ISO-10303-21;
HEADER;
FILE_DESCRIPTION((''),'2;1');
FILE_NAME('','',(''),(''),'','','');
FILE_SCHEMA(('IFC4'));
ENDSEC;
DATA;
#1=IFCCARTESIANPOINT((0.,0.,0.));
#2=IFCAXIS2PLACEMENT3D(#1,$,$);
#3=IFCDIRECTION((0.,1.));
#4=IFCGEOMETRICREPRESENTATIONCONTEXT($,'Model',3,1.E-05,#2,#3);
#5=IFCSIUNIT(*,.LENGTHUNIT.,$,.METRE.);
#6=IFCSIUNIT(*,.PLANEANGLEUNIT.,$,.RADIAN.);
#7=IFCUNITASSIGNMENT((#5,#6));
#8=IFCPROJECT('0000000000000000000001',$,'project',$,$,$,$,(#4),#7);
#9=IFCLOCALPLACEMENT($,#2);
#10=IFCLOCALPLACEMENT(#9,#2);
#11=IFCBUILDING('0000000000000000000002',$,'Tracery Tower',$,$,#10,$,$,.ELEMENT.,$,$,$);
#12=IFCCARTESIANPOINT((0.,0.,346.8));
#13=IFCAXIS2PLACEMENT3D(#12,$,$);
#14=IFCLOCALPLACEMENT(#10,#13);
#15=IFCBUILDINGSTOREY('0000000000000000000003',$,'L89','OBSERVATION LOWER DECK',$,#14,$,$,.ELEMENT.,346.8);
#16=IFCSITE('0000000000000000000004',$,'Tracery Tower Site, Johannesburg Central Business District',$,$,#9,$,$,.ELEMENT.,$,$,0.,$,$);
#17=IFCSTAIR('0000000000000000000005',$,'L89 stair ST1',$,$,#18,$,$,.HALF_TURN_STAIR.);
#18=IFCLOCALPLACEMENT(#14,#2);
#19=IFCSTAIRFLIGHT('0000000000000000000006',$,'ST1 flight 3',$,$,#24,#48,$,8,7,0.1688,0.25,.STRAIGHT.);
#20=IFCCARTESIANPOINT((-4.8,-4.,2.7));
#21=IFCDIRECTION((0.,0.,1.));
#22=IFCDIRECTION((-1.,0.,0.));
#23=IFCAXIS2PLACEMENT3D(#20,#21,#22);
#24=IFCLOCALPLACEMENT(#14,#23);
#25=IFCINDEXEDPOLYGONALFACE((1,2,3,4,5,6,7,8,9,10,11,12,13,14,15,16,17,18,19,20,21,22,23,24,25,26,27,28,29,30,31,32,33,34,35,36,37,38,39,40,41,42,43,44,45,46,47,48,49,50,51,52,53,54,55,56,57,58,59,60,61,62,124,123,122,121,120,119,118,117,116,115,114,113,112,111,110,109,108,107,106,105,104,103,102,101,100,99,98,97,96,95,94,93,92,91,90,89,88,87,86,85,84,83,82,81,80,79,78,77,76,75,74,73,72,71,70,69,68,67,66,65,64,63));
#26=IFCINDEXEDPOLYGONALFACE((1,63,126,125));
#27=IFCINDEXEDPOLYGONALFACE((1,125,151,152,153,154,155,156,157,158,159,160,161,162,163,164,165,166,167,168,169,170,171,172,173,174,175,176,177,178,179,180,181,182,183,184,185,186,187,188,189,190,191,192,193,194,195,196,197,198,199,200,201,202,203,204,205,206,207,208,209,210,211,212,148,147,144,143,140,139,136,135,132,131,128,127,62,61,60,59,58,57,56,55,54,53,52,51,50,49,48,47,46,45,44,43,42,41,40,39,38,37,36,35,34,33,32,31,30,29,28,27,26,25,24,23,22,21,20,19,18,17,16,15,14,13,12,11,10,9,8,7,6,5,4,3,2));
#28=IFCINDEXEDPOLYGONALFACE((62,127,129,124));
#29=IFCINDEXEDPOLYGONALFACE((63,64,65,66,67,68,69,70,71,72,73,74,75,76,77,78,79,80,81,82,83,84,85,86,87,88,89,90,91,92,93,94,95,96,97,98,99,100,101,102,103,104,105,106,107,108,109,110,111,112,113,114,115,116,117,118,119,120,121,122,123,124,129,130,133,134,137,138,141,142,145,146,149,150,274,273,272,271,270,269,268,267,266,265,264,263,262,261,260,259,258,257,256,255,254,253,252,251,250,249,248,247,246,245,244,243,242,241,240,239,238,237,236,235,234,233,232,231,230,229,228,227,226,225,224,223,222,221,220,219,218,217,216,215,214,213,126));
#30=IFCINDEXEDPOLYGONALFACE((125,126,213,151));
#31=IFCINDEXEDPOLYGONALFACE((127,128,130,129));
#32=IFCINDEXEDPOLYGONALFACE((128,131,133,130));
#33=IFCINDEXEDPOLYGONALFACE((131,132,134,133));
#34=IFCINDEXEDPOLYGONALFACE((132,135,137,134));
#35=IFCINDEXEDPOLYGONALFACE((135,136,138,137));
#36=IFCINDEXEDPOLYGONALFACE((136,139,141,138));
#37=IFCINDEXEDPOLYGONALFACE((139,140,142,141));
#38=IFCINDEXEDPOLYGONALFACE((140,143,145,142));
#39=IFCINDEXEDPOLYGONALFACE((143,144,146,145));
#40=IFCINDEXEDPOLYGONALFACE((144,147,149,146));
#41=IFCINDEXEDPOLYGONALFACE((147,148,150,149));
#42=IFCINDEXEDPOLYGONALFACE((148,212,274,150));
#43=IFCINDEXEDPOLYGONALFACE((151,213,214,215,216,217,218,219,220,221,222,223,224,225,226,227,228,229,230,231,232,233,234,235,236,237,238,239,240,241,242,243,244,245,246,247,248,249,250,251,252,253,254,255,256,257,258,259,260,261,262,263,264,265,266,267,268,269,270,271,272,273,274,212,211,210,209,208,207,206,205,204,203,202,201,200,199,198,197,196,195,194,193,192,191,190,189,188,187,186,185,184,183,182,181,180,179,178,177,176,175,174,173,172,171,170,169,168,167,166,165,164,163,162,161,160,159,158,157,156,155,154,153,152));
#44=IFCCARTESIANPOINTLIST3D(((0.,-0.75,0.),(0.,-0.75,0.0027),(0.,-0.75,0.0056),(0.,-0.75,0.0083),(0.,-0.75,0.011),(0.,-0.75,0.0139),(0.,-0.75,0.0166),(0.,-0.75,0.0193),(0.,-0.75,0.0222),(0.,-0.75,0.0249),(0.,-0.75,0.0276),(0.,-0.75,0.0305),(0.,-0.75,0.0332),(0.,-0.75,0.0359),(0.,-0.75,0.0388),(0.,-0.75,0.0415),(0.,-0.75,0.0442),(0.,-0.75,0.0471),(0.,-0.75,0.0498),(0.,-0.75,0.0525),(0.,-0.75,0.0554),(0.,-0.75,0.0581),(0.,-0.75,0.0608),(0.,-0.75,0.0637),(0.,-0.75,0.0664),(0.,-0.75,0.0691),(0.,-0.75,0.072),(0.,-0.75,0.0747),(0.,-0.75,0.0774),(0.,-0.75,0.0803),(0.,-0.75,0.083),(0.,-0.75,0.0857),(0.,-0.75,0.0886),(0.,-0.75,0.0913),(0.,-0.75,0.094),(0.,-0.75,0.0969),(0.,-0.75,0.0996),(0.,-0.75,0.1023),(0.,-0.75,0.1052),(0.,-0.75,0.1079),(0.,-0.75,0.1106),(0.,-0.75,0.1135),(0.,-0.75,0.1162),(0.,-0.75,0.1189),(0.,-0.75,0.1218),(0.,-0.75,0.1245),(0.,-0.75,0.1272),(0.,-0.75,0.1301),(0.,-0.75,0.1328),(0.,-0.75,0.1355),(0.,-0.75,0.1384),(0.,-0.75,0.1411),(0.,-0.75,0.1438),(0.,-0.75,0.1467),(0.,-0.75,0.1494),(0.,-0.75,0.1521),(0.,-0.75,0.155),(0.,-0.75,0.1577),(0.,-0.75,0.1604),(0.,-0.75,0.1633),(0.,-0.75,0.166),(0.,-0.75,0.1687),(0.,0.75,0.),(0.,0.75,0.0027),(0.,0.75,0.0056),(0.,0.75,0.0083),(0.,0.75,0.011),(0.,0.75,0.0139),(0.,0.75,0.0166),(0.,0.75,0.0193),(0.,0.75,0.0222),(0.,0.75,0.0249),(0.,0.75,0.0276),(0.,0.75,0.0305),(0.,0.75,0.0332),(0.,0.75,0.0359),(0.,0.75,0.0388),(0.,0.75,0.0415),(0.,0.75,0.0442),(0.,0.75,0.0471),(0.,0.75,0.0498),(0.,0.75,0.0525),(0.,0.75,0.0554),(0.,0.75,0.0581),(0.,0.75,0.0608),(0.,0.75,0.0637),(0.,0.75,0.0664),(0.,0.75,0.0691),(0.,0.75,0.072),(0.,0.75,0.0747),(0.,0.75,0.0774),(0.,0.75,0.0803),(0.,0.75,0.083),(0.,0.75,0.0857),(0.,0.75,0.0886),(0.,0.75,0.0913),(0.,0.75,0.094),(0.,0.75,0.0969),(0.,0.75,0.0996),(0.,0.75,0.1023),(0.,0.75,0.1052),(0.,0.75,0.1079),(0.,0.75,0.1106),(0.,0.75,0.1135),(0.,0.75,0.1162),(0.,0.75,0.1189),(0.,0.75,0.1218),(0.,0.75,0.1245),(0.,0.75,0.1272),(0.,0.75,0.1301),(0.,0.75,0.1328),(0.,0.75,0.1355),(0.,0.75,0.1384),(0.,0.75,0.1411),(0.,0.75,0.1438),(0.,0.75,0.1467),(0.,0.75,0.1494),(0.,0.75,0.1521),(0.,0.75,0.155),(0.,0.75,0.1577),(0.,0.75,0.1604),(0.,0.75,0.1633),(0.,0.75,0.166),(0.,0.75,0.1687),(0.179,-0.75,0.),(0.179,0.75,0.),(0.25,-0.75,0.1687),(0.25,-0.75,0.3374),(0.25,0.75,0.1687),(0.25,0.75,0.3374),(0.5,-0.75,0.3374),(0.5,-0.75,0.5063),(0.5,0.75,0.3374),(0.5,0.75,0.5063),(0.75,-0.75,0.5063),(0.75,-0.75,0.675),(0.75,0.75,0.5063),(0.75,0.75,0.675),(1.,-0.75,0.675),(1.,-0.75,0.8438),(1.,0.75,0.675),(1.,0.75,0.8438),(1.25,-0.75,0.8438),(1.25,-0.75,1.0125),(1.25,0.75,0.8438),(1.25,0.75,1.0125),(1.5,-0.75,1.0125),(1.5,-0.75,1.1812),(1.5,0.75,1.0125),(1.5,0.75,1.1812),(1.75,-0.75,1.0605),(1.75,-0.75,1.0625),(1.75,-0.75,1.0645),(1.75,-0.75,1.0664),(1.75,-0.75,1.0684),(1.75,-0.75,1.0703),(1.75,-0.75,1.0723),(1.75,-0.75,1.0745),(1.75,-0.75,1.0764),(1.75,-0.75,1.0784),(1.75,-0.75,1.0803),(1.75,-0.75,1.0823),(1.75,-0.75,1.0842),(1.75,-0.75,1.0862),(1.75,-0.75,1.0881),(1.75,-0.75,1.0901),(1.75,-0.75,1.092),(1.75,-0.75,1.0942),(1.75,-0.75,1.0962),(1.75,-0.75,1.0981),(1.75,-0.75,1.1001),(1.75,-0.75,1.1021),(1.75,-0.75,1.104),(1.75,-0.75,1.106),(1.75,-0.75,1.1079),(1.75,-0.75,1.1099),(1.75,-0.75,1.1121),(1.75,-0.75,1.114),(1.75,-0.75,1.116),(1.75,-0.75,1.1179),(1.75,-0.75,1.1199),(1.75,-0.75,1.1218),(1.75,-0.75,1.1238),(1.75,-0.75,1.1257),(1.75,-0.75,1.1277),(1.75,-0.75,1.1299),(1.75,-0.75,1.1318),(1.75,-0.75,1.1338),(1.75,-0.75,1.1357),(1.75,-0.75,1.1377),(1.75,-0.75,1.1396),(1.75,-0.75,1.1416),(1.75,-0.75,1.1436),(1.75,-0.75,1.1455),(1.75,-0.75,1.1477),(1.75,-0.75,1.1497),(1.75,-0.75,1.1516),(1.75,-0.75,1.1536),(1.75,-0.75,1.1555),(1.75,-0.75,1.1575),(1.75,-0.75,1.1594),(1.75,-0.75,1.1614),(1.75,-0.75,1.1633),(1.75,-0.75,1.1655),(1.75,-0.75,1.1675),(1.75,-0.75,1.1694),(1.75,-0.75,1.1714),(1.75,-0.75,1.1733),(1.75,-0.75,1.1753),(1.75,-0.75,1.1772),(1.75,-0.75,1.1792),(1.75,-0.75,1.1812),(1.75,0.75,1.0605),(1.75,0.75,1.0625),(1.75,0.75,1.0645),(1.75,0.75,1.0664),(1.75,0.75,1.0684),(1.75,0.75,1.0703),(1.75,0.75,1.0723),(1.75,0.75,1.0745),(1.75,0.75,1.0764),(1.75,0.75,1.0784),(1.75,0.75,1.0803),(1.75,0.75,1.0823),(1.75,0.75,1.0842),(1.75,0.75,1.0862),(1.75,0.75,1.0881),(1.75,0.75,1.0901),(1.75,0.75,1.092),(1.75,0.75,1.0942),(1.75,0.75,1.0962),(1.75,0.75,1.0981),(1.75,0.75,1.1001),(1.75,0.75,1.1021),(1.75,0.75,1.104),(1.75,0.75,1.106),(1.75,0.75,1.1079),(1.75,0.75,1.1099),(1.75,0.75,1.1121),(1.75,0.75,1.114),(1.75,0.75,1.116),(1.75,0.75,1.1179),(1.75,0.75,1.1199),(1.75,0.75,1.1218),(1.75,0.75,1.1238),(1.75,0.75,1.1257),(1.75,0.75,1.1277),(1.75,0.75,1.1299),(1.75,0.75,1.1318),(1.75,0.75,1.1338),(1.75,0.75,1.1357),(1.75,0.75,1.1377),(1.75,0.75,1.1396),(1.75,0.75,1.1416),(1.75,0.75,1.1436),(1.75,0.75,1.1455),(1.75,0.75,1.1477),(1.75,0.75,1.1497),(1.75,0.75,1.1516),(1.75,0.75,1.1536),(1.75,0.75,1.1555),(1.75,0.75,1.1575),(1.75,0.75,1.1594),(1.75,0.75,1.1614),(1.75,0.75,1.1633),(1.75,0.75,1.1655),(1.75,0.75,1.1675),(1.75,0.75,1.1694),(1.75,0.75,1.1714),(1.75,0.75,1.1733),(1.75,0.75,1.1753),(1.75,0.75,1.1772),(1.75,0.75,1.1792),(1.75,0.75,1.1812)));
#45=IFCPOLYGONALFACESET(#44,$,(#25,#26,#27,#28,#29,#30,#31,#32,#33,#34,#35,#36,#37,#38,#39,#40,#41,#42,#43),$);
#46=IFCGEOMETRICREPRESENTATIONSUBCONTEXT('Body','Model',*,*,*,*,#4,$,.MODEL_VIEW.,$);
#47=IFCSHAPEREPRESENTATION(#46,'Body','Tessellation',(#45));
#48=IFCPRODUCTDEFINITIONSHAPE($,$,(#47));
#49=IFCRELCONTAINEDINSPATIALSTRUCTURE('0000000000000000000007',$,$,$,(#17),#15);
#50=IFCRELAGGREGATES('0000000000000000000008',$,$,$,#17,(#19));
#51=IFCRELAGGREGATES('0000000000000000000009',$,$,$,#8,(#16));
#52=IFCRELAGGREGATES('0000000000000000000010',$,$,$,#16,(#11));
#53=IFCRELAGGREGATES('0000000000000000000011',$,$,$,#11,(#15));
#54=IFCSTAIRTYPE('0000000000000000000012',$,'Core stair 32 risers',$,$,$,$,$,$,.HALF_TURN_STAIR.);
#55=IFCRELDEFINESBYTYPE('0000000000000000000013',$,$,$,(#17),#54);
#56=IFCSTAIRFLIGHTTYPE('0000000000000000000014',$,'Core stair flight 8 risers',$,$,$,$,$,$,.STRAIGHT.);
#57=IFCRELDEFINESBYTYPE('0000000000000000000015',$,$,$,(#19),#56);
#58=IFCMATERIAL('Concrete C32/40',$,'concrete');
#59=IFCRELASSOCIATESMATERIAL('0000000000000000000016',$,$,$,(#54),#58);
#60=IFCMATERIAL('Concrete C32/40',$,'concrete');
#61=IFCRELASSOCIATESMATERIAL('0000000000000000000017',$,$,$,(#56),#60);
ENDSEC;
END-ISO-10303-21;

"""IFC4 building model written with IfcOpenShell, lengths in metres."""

from ifc_helpers import new_model, si_unit, direction, frame, origin, place, context, subcontext, project, spatial, polyline, outline, extrude, material, type_object, element, aggregate, save


model = new_model("IFC4")

# Units and contexts
model_context = context("Model", 3, precision=1e-05, world=origin(), true_north=direction((0.0, 1.0)))
body_context = subcontext(model_context, "Body", "Model", "MODEL_VIEW")
ifc_project = project(units=[si_unit("LENGTHUNIT", "METRE"), si_unit("PLANEANGLEUNIT", "RADIAN")], contexts=[model_context])

# Site, building, storey
site_placement = place(None, origin())
site = spatial("IfcSite", under=ifc_project, at=site_placement, Name="Tracery Tower Site, Johannesburg Central Business District", CompositionType="ELEMENT", RefElevation=0.0)
building_placement = place(site_placement, origin())
building = spatial("IfcBuilding", under=site, at=building_placement, Name="Tracery Tower", CompositionType="ELEMENT")
storey_placement = place(building_placement, frame((0.0, 0.0, 346.8)))
storey = spatial("IfcBuildingStorey", under=building, at=storey_placement, Name="L89", Description="OBSERVATION LOWER DECK", CompositionType="ELEMENT", Elevation=346.8)

# Stair, stair flight
ifc_material_1 = material(Name="Concrete C32/40", Category="concrete")
stair_type = type_object("IfcStairType", Name="Core stair 32 risers", PredefinedType="HALF_TURN_STAIR", material=ifc_material_1)
stair_placement = place(storey_placement, origin())
stair = element("IfcStair", 1, at=stair_placement, inside=storey, type_object=stair_type, Name="L89 stair ST1", PredefinedType="HALF_TURN_STAIR")
ifc_material_2 = material(Name="Concrete C32/40", Category="concrete")
stair_flight_type = type_object("IfcStairFlightType", Name="Core stair flight 8 risers", PredefinedType="STRAIGHT", material=ifc_material_2)
stair_flight_1_placement = place(storey_placement, frame((-4.8, -4.0, 2.7), z_axis=(0.0, 0.0, 1.0), x_axis=(-1.0, 0.0, 0.0)))
stair_flight_1 = element("IfcStairFlight", 2, at=stair_flight_1_placement, type_object=stair_flight_type, Name="ST1 flight 3", NumberOfRisers=8, NumberOfTreads=7, PredefinedType="STRAIGHT", RiserHeight=0.1688, TreadLength=0.25, context=body_context, shape_type="SweptSolid", body=[
    extrude(outline(polyline([(0.0, 0.0), (0.0, 0.0027), (0.0, 0.0056), (0.0, 0.0083), (0.0, 0.011), (0.0, 0.0139), (0.0, 0.0166), (0.0, 0.0193), (0.0, 0.0222), (0.0, 0.0249), (0.0, 0.0276), (0.0, 0.0305), (0.0, 0.0332), (0.0, 0.0359), (0.0, 0.0388), (0.0, 0.0415), (0.0, 0.0442), (0.0, 0.0471), (0.0, 0.0498), (0.0, 0.0525), (0.0, 0.0554), (0.0, 0.0581), (0.0, 0.0608), (0.0, 0.0637), (0.0, 0.0664), (0.0, 0.0691), (0.0, 0.072), (0.0, 0.0747), (0.0, 0.0774), (0.0, 0.0803), (0.0, 0.083), (0.0, 0.0857), (0.0, 0.0886), (0.0, 0.0913), (0.0, 0.094), (0.0, 0.0969), (0.0, 0.0996), (0.0, 0.1023), (0.0, 0.1052), (0.0, 0.1079), (0.0, 0.1106), (0.0, 0.1135), (0.0, 0.1162), (0.0, 0.1189), (0.0, 0.1218), (0.0, 0.1245), (0.0, 0.1272), (0.0, 0.1301), (0.0, 0.1328), (0.0, 0.1355), (0.0, 0.1384), (0.0, 0.1411), (0.0, 0.1438), (0.0, 0.1467), (0.0, 0.1494), (0.0, 0.1521), (0.0, 0.155), (0.0, 0.1577), (0.0, 0.1604), (0.0, 0.1633), (0.0, 0.166), (0.0, 0.1687), (0.25, 0.1687), (0.25, 0.3374), (0.5, 0.3374), (0.5, 0.5063), (0.75, 0.5063), (0.75, 0.675), (1.0, 0.675), (1.0, 0.8438), (1.25, 0.8438), (1.25, 1.0125), (1.5, 1.0125), (1.5, 1.1812), (1.75, 1.1812), (1.75, 1.1792), (1.75, 1.1772), (1.75, 1.1753), (1.75, 1.1733), (1.75, 1.1714), (1.75, 1.1694), (1.75, 1.1675), (1.75, 1.1655), (1.75, 1.1633), (1.75, 1.1614), (1.75, 1.1594), (1.75, 1.1575), (1.75, 1.1555), (1.75, 1.1536), (1.75, 1.1516), (1.75, 1.1497), (1.75, 1.1477), (1.75, 1.1455), (1.75, 1.1436), (1.75, 1.1416), (1.75, 1.1396), (1.75, 1.1377), (1.75, 1.1357), (1.75, 1.1338), (1.75, 1.1318), (1.75, 1.1299), (1.75, 1.1277), (1.75, 1.1257), (1.75, 1.1238), (1.75, 1.1218), (1.75, 1.1199), (1.75, 1.1179), (1.75, 1.116), (1.75, 1.114), (1.75, 1.1121), (1.75, 1.1099), (1.75, 1.1079), (1.75, 1.106), (1.75, 1.104), (1.75, 1.1021), (1.75, 1.1001), (1.75, 1.0981), (1.75, 1.0962), (1.75, 1.0942), (1.75, 1.092), (1.75, 1.0901), (1.75, 1.0881), (1.75, 1.0862), (1.75, 1.0842), (1.75, 1.0823), (1.75, 1.0803), (1.75, 1.0784), (1.75, 1.0764), (1.75, 1.0745), (1.75, 1.0723), (1.75, 1.0703), (1.75, 1.0684), (1.75, 1.0664), (1.75, 1.0645), (1.75, 1.0625), (1.75, 1.0605), (0.179, 0.0), (0.0, 0.0)])), frame((0.0, 0.75, 0.0), z_axis=(0.0, -1.0, 0.0), x_axis=(1.0, 0.0, 0.0)), (0.0, 0.0, 1.0), 1.5),
])
aggregate(stair, [stair_flight_1])

save(model, "model.ifc")
